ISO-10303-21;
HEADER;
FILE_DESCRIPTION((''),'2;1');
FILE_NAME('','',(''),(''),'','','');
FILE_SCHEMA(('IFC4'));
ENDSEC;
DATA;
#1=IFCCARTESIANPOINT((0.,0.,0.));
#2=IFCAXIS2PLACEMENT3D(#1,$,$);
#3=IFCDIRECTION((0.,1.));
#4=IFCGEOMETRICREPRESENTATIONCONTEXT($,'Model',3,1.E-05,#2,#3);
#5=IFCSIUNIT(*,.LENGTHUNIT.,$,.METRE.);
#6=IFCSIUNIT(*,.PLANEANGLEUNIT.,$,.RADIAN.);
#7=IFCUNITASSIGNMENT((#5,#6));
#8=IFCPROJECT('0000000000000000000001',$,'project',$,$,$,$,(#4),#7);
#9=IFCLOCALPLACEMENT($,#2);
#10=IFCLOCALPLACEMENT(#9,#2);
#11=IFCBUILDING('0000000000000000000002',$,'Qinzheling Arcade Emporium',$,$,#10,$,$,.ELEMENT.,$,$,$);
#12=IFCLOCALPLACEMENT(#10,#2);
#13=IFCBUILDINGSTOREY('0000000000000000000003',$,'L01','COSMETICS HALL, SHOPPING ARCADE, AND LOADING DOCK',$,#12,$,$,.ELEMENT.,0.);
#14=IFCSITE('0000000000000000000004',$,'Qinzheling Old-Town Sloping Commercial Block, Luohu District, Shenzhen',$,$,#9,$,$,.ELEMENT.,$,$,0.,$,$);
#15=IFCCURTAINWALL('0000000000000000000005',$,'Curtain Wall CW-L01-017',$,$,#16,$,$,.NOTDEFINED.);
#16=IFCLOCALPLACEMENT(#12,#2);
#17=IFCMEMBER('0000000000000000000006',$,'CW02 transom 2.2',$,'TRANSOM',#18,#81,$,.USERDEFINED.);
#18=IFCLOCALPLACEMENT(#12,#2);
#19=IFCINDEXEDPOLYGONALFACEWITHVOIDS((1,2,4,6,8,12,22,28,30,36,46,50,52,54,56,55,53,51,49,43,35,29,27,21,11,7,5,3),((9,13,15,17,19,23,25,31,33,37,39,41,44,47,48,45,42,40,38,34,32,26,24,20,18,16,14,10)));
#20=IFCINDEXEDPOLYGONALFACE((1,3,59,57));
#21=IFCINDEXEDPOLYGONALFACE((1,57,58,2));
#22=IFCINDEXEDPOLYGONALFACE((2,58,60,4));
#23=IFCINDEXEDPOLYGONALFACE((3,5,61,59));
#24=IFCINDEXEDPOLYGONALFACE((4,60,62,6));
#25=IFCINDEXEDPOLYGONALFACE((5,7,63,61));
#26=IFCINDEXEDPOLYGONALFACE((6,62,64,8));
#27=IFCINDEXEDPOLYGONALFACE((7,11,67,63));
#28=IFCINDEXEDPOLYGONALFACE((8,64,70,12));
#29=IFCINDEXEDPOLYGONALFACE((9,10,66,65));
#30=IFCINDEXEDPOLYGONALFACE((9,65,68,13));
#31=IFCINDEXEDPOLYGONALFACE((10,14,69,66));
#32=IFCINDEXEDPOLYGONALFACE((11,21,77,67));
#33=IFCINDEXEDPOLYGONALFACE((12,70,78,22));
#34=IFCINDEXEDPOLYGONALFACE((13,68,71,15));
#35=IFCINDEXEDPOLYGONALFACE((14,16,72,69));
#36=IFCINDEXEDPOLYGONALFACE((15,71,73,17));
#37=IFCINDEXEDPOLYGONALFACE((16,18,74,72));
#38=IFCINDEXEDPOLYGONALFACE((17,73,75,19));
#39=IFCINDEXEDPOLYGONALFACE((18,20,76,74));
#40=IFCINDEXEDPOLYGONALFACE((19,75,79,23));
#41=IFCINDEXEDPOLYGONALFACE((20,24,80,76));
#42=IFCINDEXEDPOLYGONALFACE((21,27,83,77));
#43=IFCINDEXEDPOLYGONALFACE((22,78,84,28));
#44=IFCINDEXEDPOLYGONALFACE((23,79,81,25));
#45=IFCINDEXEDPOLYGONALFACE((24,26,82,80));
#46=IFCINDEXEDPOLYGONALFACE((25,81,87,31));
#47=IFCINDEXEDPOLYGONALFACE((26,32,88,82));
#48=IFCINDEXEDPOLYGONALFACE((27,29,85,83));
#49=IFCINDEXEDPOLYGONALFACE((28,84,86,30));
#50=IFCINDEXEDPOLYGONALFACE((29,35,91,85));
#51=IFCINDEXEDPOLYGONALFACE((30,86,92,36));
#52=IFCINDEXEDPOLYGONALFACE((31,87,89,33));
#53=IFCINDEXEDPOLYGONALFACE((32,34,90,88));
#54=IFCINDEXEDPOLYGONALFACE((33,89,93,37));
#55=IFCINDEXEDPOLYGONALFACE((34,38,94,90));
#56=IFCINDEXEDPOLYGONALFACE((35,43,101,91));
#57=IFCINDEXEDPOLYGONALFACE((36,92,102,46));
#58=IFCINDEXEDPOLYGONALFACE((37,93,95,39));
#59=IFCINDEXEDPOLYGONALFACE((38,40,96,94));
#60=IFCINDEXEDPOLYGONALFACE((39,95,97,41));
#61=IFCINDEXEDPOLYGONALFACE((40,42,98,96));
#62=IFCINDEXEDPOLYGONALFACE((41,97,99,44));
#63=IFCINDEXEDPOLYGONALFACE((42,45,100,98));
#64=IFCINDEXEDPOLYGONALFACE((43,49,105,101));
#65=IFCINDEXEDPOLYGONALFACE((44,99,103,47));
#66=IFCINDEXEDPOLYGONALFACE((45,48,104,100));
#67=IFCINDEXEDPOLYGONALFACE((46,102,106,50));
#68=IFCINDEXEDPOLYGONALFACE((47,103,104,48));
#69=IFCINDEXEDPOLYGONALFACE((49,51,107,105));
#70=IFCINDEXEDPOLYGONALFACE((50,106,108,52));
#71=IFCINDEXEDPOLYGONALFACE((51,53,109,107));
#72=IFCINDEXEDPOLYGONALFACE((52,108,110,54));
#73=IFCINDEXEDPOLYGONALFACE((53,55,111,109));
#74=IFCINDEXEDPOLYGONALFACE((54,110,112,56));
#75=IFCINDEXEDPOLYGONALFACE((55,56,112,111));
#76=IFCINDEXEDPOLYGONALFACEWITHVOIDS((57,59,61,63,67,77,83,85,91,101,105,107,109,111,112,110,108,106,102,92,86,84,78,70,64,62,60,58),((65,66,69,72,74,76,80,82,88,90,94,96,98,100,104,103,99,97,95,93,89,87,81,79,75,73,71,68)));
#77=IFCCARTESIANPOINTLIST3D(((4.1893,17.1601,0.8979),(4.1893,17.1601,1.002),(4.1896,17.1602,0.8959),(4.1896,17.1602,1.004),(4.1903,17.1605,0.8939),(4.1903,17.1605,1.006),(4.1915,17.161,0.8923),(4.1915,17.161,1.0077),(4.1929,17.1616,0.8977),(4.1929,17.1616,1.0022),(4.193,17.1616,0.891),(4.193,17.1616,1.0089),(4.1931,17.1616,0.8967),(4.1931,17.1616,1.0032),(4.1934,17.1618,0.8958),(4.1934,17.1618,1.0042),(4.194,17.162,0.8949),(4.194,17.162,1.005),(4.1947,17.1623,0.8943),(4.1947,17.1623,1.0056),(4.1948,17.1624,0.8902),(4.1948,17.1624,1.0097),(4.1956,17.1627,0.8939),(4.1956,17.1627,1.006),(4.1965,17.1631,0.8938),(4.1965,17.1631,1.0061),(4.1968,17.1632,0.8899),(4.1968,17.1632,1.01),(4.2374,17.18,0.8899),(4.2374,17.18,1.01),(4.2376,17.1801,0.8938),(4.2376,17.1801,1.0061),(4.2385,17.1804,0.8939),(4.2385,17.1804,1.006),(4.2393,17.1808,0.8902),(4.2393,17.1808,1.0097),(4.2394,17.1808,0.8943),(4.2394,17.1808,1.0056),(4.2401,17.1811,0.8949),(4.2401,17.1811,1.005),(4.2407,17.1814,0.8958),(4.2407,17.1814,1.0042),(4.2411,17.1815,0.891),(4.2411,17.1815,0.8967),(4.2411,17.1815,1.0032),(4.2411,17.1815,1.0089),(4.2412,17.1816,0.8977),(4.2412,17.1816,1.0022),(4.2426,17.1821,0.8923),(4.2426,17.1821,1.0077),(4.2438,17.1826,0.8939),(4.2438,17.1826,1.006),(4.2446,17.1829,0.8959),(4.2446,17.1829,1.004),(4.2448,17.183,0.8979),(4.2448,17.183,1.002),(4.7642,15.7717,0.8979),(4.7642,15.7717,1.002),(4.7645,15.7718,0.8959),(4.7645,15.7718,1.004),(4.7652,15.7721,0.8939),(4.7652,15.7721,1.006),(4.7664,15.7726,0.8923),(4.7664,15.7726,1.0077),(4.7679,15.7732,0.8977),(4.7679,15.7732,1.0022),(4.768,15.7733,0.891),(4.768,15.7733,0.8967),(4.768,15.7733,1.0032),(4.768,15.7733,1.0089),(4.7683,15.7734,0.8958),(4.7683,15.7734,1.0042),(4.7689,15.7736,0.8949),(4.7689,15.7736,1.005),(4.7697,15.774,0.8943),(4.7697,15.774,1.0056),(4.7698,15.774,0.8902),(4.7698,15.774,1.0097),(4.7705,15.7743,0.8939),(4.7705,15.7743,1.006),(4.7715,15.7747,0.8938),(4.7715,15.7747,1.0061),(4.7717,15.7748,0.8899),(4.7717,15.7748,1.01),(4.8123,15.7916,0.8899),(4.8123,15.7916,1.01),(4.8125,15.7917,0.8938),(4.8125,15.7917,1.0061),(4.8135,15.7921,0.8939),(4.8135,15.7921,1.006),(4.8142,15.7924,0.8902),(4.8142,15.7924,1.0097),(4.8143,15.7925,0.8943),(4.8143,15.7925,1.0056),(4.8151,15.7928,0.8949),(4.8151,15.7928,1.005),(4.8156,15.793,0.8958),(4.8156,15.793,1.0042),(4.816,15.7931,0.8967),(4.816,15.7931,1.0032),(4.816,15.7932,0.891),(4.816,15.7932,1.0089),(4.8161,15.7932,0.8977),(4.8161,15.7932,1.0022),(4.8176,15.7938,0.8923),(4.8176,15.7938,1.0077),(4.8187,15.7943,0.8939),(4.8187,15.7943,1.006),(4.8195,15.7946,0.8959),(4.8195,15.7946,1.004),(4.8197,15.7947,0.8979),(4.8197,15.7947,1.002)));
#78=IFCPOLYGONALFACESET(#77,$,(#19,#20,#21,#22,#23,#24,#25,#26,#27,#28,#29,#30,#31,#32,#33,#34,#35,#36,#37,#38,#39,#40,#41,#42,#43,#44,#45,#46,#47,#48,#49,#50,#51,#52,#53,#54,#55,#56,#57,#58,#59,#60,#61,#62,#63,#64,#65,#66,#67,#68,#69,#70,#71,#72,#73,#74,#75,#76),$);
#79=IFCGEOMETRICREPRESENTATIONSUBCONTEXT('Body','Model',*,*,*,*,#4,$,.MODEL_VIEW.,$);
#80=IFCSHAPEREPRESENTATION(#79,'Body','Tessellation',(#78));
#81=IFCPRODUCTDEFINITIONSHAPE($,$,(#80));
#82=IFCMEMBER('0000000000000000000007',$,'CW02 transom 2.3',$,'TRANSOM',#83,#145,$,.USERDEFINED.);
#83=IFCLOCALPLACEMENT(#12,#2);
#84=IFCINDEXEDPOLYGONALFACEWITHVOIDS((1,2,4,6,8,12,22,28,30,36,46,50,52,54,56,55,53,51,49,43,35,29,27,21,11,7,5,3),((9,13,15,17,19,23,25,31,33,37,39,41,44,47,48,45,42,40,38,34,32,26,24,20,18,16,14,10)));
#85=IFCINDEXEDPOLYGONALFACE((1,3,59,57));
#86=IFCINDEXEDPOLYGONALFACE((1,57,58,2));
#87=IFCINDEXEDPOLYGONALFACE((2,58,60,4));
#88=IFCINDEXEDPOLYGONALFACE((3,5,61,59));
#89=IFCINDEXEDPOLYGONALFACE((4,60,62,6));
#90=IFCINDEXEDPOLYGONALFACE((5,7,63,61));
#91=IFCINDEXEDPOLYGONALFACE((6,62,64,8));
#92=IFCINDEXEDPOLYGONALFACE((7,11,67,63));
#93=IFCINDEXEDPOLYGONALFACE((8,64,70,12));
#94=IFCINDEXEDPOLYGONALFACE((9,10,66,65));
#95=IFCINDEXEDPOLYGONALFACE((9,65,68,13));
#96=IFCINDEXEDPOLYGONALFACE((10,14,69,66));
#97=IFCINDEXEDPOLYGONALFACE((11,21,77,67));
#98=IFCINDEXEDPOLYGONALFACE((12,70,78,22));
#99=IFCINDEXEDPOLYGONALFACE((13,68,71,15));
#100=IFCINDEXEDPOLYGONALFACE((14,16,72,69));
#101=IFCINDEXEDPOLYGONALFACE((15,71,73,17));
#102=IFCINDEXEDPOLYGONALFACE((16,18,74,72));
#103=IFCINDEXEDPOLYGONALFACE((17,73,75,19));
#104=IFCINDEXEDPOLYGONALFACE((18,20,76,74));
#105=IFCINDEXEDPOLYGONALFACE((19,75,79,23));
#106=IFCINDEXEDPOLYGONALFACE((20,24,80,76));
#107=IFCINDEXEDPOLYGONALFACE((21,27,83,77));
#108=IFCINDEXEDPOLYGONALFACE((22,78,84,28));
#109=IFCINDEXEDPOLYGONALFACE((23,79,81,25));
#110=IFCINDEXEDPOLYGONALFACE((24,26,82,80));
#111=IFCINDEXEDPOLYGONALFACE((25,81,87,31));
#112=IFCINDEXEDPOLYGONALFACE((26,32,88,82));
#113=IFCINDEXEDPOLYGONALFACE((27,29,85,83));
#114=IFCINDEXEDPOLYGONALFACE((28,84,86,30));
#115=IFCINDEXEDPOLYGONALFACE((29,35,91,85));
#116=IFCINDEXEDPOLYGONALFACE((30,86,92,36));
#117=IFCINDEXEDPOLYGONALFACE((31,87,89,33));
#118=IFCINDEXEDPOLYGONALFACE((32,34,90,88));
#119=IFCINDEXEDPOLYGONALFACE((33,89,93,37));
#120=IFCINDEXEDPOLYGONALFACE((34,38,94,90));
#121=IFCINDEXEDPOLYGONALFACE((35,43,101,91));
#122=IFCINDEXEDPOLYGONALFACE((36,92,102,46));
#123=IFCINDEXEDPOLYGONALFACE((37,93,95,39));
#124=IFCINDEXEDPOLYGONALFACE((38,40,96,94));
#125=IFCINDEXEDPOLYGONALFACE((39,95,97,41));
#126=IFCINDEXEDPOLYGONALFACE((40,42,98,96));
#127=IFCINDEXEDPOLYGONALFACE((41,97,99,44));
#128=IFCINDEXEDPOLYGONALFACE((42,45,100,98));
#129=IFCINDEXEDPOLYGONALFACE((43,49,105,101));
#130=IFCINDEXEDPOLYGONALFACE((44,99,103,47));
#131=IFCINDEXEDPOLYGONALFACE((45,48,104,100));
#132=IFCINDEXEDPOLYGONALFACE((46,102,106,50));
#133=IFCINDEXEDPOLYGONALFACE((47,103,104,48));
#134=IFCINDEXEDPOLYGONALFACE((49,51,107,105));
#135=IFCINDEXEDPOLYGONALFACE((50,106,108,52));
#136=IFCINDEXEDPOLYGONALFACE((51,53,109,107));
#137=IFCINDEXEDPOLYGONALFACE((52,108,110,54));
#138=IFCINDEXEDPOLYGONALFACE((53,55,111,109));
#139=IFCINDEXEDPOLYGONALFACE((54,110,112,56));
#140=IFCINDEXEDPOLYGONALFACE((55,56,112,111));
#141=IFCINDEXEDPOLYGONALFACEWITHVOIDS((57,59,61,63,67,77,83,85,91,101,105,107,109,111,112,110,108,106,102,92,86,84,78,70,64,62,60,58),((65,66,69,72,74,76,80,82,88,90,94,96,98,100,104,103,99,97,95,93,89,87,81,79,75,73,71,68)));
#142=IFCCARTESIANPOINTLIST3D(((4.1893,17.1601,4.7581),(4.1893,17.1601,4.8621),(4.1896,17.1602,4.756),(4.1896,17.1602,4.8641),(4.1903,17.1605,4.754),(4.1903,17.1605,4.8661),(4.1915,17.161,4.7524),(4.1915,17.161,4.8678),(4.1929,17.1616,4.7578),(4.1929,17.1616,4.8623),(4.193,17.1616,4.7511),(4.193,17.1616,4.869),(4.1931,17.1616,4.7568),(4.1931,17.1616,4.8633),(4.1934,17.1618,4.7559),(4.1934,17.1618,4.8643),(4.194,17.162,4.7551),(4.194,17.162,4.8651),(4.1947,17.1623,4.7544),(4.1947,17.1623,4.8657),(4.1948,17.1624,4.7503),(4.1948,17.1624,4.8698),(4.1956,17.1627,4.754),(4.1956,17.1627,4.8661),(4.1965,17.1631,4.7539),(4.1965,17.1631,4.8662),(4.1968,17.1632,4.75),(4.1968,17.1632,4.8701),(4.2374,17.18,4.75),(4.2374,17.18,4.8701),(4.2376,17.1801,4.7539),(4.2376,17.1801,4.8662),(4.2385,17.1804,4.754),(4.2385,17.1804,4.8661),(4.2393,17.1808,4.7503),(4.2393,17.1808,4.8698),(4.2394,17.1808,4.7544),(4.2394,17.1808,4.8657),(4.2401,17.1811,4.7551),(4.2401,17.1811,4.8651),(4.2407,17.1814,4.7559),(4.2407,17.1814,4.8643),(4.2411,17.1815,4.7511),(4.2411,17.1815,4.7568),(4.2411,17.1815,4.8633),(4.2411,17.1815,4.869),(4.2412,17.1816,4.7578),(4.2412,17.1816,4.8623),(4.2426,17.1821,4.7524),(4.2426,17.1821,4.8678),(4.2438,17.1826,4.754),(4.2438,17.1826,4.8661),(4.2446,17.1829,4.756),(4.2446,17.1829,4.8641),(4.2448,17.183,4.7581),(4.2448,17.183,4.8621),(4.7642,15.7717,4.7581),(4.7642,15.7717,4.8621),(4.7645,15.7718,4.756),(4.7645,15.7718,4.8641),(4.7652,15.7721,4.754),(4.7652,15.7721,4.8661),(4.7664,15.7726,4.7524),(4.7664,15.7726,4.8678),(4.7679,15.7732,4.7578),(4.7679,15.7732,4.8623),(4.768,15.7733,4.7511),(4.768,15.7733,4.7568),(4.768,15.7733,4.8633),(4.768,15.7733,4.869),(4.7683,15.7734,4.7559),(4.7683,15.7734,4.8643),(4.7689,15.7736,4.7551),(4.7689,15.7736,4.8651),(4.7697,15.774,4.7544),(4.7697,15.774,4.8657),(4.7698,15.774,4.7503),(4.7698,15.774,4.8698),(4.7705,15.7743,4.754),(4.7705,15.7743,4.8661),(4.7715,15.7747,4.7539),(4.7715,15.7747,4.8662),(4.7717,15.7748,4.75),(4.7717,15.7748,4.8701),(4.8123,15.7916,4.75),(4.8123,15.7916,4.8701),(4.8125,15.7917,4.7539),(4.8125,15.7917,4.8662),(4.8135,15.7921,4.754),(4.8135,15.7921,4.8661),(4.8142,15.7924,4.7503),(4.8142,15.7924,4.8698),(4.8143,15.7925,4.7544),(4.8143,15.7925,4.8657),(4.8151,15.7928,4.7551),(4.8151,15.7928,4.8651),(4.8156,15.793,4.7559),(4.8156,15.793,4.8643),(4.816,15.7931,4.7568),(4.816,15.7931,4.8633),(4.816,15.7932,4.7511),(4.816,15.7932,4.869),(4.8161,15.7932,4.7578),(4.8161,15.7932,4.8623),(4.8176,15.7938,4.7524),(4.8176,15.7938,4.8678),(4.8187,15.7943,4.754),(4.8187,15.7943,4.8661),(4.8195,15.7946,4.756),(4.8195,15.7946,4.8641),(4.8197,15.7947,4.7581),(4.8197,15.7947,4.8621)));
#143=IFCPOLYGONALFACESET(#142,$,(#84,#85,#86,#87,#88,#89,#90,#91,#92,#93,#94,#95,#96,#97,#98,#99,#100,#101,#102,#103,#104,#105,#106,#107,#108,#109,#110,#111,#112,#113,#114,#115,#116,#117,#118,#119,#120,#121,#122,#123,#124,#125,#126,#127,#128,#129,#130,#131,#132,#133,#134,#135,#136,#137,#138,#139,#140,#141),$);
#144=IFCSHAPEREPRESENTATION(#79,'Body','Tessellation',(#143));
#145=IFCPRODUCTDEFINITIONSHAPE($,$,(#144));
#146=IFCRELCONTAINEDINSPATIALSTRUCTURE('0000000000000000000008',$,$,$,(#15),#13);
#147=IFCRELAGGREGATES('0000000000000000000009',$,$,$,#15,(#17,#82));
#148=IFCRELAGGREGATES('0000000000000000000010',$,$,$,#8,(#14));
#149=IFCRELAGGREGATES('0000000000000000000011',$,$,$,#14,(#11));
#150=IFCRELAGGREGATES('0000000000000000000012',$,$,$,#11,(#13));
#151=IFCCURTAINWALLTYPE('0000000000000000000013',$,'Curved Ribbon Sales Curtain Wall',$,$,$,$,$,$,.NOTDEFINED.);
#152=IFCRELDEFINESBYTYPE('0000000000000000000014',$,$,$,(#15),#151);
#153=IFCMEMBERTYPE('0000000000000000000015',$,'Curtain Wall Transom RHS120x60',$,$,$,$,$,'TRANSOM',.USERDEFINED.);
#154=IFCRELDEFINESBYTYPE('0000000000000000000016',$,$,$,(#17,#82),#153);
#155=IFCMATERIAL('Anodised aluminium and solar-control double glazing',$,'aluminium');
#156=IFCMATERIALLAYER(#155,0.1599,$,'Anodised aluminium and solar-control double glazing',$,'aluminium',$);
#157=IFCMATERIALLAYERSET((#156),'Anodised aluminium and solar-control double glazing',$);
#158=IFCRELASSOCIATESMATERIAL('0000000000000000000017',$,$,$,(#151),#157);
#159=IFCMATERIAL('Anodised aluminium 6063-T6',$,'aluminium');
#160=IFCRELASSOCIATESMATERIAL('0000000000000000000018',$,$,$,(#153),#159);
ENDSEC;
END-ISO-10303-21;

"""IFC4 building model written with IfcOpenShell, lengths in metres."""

from ifc_helpers import new_model, si_unit, direction, frame, origin, origin_2d, place, context, subcontext, project, spatial, hollow_rectangle, extrude, material, layer, layer_set, material_profile, profile_set, type_object, element, aggregate, save


model = new_model("IFC4")

# Units and contexts
model_context = context("Model", 3, precision=1e-05, world=origin(), true_north=direction((0.0, 1.0)))
body_context = subcontext(model_context, "Body", "Model", "MODEL_VIEW")
ifc_project = project(units=[si_unit("LENGTHUNIT", "METRE"), si_unit("PLANEANGLEUNIT", "RADIAN")], contexts=[model_context])

# Site, building, storey
site_placement = place(None, origin())
site = spatial("IfcSite", under=ifc_project, at=site_placement, Name="Qinzheling Old-Town Sloping Commercial Block, Luohu District, Shenzhen", CompositionType="ELEMENT", RefElevation=0.0)
building_placement = place(site_placement, origin())
building = spatial("IfcBuilding", under=site, at=building_placement, Name="Qinzheling Arcade Emporium", CompositionType="ELEMENT")
storey_placement = place(building_placement, origin())
storey = spatial("IfcBuildingStorey", under=building, at=storey_placement, Name="L01", Description="COSMETICS HALL, SHOPPING ARCADE, AND LOADING DOCK", CompositionType="ELEMENT", Elevation=0.0)

# Curtain wall
ifc_material_1 = material(Name="Anodised aluminium and solar-control double glazing", Category="aluminium")
ifc_layer_1 = layer(ifc_material_1, 0.1599, Name="Anodised aluminium and solar-control double glazing", Category="aluminium")
ifc_layer_set_1 = layer_set([ifc_layer_1], Name="Anodised aluminium and solar-control double glazing")
curtain_wall_type = type_object("IfcCurtainWallType", Name="Curved Ribbon Sales Curtain Wall", PredefinedType="NOTDEFINED", material=ifc_layer_set_1)
curtain_wall_1_placement = place(storey_placement, origin())
curtain_wall_1 = element("IfcCurtainWall", 1, at=curtain_wall_1_placement, inside=storey, type_object=curtain_wall_type, Name="Curtain Wall CW-L01-017", PredefinedType="NOTDEFINED")
ifc_material_2 = material(Name="Anodised aluminium 6063-T6", Category="aluminium")

# Members
ifc_material_profile_1 = material_profile(ifc_material_2, hollow_rectangle(XDim=0.0601, YDim=0.1201, WallThickness=0.0039, InnerFilletRadius=0.0039, OuterFilletRadius=0.0081, at=origin_2d()), Name="RHS 120x60x4", Category="aluminium")
ifc_profile_set_1 = profile_set([ifc_material_profile_1], Name="Anodised aluminium 6063-T6")
member_type_1 = type_object("IfcMemberType", Name="Curtain Wall Transom RHS120x60", ElementType="TRANSOM", PredefinedType="USERDEFINED", material=ifc_profile_set_1)
member_1_placement = place(storey_placement, frame((4.792, 15.7832, 0.95), z_axis=(-0.382596, 0.923916, 0.0), x_axis=(-0.923916, -0.382596, 0.0)))
member_1 = element("IfcMember", 2, at=member_1_placement, type_object=member_type_1, Name="CW02 transom 2.2", ObjectType="TRANSOM", PredefinedType="USERDEFINED", context=body_context, shape_type="SweptSolid", body=[
    extrude(hollow_rectangle(XDim=0.0601, YDim=0.1201, WallThickness=0.0039, InnerFilletRadius=0.0039, OuterFilletRadius=0.0081, at=origin_2d()), origin(), (0.0, 0.0, 1.0), 1.5027),
])
member_2_placement = place(storey_placement, frame((4.792, 15.7832, 4.8101), z_axis=(-0.382596, 0.923916, 0.0), x_axis=(-0.923916, -0.382596, 0.0)))
member_2 = element("IfcMember", 3, at=member_2_placement, type_object=member_type_1, Name="CW02 transom 2.3", ObjectType="TRANSOM", PredefinedType="USERDEFINED", context=body_context, shape_type="SweptSolid", body=[
    extrude(hollow_rectangle(XDim=0.0601, YDim=0.1201, WallThickness=0.0039, InnerFilletRadius=0.0039, OuterFilletRadius=0.0081, at=origin_2d()), origin(), (0.0, 0.0, 1.0), 1.5027),
])

aggregate(curtain_wall_1, [member_1, member_2])

save(model, "model.ifc")
